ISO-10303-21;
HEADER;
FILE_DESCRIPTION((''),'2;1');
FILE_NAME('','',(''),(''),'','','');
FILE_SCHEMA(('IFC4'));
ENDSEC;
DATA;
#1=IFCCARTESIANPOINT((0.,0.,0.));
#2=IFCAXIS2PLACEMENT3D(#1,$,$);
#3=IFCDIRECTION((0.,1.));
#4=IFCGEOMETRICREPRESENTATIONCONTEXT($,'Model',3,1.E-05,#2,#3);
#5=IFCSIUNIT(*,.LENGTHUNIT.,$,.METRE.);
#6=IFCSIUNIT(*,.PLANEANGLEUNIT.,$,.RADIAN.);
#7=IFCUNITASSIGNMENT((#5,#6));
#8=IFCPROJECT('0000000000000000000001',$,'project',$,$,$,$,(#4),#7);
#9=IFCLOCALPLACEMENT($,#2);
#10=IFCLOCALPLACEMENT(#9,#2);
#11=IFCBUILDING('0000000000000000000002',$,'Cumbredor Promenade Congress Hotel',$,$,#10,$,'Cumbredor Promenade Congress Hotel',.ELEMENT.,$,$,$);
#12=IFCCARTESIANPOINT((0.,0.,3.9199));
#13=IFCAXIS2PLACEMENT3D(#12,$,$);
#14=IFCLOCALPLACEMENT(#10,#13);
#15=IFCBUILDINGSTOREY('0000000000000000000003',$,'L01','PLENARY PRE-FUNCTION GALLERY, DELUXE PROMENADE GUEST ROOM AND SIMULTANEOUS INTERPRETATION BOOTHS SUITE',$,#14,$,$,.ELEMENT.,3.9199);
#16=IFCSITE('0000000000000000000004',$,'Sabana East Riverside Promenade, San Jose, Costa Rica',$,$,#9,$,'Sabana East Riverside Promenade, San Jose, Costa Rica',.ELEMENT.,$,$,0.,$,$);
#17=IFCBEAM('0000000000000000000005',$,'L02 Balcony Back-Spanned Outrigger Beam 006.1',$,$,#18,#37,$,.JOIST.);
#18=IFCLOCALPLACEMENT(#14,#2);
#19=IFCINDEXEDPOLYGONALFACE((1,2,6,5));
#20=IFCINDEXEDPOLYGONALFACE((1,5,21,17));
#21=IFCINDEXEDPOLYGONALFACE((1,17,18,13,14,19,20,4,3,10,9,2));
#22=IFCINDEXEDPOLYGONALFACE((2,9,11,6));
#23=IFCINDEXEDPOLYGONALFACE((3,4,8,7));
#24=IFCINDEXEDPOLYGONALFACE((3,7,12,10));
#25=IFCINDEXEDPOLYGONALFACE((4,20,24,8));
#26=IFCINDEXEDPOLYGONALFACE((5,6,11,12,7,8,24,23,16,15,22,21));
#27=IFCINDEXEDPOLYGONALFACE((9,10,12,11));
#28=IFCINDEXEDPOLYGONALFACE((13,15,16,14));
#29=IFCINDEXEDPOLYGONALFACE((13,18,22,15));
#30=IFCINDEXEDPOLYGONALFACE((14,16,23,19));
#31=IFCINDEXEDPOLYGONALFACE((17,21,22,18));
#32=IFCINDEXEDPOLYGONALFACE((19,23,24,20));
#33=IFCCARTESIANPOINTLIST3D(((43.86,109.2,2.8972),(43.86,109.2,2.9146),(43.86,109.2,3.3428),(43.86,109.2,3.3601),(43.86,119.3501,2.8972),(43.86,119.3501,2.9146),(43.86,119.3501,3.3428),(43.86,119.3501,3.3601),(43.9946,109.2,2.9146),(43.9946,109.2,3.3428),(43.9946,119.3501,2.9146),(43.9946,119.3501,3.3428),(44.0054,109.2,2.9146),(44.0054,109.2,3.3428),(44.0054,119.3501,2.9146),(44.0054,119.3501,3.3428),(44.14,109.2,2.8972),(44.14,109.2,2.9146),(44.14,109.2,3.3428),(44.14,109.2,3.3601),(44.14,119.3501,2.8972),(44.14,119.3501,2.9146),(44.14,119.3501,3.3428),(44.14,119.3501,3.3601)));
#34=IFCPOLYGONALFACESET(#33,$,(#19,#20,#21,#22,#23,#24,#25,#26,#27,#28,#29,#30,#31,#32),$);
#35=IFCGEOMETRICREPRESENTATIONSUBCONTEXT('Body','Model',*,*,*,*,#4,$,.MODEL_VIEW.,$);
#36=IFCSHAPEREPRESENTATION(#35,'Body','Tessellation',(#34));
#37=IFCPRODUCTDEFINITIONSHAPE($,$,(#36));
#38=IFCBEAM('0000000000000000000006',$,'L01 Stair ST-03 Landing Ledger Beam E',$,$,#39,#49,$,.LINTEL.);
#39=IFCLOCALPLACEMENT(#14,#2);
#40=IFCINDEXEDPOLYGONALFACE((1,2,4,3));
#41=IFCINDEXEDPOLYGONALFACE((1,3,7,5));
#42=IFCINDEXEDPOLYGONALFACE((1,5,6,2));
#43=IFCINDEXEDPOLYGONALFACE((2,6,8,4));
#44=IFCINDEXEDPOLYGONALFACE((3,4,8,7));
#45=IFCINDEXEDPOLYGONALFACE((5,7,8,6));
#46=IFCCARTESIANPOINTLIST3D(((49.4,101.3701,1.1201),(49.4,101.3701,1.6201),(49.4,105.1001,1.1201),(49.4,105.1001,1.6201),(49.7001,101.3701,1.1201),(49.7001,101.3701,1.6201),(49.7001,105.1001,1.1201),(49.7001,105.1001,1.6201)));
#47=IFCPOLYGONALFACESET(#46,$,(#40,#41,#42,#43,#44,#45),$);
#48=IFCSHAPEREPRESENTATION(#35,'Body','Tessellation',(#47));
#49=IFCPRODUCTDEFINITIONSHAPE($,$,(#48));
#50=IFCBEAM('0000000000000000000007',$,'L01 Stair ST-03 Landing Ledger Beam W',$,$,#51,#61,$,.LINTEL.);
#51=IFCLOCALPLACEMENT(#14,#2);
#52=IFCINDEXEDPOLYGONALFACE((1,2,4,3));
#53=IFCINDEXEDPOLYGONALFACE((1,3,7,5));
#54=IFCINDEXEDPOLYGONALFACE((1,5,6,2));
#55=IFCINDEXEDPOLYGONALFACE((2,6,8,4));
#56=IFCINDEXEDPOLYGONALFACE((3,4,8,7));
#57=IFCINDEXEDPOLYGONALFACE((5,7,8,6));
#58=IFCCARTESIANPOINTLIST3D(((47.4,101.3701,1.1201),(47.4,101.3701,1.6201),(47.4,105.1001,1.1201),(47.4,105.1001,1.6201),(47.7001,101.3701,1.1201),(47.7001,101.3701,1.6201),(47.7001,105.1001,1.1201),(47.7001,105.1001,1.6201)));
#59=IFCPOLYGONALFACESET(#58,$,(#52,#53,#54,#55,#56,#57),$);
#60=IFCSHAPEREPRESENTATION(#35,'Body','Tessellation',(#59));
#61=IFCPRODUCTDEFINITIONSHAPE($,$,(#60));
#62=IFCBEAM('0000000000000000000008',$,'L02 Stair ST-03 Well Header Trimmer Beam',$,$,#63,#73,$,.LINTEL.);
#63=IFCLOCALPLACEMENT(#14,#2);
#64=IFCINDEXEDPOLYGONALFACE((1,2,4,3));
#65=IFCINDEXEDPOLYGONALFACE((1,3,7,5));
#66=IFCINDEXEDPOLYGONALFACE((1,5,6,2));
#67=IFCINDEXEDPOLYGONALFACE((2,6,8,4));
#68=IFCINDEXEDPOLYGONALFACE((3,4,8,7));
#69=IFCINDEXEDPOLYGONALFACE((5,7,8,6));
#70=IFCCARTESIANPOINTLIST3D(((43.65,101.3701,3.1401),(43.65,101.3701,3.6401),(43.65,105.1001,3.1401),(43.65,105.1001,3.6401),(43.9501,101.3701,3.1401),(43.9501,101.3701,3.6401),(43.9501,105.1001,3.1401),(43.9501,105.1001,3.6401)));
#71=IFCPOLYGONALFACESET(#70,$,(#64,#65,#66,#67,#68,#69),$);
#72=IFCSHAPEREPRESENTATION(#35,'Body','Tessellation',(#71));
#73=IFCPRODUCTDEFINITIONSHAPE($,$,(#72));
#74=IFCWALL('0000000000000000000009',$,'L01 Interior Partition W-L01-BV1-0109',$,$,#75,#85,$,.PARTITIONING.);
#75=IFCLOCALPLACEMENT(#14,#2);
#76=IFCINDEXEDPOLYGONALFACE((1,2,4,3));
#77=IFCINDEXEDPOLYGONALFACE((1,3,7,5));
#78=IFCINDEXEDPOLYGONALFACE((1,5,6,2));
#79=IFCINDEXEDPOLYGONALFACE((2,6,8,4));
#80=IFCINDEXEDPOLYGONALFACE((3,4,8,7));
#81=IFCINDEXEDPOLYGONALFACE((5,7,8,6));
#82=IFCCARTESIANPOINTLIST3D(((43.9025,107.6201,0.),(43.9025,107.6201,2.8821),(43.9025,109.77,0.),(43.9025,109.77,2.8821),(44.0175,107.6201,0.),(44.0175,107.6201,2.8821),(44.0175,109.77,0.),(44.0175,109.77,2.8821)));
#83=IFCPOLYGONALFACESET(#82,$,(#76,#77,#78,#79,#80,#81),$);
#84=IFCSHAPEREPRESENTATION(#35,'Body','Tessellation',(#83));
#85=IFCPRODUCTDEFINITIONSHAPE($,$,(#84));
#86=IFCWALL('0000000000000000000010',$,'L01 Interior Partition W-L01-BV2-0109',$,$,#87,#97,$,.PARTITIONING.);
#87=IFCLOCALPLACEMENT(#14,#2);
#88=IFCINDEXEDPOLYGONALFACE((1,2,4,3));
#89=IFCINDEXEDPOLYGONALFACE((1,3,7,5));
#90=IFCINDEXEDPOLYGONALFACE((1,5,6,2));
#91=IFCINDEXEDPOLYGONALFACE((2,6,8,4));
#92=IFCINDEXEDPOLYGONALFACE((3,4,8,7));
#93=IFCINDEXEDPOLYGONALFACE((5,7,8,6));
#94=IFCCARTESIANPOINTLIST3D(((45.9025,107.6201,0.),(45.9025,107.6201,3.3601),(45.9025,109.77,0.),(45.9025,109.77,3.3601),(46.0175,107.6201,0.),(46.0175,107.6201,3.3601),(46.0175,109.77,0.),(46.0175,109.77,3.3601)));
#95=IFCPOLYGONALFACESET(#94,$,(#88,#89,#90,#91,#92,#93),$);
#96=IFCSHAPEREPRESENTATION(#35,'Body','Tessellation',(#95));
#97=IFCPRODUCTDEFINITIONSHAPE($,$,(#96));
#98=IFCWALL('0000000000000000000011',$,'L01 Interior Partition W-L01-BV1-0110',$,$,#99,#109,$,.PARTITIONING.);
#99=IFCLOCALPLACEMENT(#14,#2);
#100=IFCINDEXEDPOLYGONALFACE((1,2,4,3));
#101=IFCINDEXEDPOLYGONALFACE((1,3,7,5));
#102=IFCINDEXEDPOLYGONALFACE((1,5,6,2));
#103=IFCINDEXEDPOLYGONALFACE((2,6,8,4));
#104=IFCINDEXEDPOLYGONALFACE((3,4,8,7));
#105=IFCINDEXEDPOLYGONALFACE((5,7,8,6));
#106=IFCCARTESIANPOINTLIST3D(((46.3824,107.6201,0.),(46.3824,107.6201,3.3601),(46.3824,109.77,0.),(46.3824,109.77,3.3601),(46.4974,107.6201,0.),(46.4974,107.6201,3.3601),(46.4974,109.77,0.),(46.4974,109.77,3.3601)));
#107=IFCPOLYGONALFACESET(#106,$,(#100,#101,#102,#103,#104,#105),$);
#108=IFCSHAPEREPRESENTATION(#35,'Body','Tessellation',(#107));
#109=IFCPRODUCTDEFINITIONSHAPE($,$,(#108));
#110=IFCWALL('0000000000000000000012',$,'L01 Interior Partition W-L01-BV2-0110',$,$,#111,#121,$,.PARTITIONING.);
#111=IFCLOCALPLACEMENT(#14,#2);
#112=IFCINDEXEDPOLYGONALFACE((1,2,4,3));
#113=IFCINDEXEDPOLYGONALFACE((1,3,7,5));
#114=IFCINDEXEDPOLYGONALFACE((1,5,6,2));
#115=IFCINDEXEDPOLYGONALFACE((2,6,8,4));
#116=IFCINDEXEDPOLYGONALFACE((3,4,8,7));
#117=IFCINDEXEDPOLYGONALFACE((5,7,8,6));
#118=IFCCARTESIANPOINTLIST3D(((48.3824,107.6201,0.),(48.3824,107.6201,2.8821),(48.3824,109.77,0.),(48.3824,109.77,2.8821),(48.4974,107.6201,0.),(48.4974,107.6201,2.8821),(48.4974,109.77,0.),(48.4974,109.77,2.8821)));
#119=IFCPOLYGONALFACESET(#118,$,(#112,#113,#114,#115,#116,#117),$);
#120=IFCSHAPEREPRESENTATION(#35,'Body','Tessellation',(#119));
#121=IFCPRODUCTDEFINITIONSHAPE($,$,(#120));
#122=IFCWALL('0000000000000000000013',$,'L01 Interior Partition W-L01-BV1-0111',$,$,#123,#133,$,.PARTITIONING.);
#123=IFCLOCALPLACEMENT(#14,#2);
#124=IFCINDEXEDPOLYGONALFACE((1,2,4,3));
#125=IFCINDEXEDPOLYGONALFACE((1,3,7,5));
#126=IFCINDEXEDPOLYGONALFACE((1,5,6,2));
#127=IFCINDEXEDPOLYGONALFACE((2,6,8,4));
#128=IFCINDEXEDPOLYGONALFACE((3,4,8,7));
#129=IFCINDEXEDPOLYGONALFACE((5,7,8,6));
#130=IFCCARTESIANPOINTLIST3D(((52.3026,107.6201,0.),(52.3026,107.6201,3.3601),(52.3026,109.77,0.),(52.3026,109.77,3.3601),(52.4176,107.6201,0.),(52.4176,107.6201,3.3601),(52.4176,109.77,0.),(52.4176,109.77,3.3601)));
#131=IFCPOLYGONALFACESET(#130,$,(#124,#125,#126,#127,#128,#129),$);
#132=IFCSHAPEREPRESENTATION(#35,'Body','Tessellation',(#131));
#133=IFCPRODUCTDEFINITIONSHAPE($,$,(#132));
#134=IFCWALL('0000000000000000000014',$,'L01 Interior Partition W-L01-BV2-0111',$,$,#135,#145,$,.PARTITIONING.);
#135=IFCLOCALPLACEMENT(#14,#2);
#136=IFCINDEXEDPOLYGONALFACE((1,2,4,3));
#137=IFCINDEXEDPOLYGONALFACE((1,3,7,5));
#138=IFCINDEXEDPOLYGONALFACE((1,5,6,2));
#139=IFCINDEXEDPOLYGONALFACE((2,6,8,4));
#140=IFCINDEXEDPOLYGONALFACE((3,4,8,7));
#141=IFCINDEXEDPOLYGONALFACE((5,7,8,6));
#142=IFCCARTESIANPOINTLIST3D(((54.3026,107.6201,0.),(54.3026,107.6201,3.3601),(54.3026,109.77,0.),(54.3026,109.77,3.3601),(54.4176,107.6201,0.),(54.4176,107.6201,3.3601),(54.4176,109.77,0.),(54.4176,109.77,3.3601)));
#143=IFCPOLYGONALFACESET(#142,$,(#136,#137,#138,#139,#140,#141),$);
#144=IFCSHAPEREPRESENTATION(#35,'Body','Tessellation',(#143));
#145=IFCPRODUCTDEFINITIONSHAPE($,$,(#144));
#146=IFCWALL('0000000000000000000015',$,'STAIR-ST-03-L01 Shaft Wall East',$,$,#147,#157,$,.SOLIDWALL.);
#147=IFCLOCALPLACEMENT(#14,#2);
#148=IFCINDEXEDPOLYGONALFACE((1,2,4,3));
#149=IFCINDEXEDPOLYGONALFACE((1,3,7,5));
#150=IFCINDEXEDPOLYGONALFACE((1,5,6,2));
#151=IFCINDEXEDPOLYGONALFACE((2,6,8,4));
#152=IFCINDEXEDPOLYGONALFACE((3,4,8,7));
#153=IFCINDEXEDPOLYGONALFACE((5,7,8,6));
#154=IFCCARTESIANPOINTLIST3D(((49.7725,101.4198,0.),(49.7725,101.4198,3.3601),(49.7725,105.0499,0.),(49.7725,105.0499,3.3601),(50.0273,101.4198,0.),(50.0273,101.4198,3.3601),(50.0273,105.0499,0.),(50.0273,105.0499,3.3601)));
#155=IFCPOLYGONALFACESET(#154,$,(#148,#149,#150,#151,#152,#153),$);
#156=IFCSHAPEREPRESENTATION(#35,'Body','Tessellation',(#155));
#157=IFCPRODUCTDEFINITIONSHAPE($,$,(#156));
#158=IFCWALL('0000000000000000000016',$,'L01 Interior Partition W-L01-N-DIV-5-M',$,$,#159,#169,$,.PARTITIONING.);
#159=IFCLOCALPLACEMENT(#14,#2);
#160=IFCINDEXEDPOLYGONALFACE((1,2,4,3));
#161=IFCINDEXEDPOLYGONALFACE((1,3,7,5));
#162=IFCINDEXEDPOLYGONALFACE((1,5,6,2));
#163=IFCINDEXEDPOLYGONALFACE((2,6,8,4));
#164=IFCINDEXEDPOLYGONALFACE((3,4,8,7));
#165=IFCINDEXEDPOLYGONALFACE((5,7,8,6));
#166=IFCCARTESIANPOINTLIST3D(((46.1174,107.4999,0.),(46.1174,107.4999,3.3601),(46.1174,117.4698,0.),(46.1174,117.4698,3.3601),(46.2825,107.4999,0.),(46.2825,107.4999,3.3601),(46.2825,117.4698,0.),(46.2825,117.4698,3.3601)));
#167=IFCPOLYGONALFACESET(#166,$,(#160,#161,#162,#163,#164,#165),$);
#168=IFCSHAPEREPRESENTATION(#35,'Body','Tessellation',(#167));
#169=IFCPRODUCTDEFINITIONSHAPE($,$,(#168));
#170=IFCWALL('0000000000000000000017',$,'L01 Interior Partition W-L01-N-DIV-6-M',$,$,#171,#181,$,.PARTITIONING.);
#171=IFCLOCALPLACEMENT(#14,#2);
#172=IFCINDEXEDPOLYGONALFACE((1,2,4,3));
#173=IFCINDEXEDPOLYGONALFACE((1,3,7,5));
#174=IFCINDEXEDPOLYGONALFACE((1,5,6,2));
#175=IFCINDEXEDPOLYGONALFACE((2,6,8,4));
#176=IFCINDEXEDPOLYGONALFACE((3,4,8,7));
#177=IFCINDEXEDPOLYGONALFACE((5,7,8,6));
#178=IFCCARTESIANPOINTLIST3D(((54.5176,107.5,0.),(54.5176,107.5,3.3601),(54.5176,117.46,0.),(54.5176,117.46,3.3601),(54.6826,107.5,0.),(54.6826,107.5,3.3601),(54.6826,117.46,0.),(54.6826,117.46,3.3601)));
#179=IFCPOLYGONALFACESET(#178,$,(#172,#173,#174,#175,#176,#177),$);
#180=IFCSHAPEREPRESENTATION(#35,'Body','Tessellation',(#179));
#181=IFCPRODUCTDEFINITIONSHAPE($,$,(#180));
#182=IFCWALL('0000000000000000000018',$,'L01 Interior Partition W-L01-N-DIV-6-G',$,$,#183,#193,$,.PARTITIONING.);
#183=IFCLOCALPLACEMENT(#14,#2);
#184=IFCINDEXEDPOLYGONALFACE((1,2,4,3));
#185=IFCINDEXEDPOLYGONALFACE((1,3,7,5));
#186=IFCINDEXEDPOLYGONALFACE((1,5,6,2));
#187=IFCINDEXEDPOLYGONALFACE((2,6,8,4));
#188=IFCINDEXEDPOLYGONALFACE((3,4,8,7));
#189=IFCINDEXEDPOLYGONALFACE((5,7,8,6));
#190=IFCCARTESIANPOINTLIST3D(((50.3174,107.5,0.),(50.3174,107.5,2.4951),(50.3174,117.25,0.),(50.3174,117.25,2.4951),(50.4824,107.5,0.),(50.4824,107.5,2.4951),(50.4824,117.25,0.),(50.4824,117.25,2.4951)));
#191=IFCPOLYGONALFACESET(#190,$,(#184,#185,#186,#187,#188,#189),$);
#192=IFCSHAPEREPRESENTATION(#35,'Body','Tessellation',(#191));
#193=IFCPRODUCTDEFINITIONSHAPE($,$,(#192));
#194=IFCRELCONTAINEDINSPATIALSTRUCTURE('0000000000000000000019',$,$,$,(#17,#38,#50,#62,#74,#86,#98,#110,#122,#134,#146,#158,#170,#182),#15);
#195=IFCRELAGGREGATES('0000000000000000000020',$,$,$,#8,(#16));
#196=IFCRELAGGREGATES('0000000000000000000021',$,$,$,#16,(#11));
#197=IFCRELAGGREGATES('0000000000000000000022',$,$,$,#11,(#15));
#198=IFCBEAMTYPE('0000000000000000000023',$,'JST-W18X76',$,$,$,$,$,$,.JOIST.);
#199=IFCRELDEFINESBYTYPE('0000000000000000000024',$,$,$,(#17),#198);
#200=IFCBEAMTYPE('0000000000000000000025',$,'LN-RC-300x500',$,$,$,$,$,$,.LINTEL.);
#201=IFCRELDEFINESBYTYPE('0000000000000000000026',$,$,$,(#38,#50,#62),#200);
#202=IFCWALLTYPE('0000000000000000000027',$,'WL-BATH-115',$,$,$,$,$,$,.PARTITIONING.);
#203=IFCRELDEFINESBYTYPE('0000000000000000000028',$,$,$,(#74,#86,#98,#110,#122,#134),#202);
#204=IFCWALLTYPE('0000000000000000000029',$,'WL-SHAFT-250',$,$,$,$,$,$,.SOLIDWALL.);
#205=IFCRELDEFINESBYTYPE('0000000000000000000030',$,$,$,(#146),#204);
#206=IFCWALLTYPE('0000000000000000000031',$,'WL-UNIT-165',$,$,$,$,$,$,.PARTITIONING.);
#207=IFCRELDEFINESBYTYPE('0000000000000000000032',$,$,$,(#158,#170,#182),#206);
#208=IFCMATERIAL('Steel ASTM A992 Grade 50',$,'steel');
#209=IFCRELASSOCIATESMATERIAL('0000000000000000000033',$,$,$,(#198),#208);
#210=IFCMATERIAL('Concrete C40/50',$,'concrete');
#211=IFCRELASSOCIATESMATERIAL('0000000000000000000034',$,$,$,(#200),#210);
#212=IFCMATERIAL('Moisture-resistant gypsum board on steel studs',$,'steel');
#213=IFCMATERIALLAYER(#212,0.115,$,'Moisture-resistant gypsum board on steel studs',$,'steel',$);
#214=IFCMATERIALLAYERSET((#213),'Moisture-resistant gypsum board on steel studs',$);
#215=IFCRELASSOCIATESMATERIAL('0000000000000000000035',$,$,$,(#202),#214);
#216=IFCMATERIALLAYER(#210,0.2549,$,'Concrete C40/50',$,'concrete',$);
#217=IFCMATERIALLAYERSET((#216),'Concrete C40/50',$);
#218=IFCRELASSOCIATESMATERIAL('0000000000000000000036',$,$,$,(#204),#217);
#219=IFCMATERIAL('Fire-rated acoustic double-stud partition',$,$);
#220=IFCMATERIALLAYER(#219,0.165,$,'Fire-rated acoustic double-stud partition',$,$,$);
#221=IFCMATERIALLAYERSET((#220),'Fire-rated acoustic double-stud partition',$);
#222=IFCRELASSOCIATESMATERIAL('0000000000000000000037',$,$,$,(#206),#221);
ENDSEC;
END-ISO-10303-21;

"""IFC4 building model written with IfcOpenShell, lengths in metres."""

from ifc_helpers import new_model, si_unit, direction, frame, frame_2d, origin, origin_2d, place, context, subcontext, project, spatial, rectangle, i_section, extrude, material, layer, layer_set, material_profile, profile_set, type_object, element, save


model = new_model("IFC4")

# Units and contexts
model_context = context("Model", 3, precision=1e-05, world=origin(), true_north=direction((0.0, 1.0)))
body_context = subcontext(model_context, "Body", "Model", "MODEL_VIEW")
ifc_project = project(units=[si_unit("LENGTHUNIT", "METRE"), si_unit("PLANEANGLEUNIT", "RADIAN")], contexts=[model_context])

# Site, building, storey
site_placement = place(None, origin())
site = spatial("IfcSite", under=ifc_project, at=site_placement, Name="Sabana East Riverside Promenade, San Jose, Costa Rica", LongName="Sabana East Riverside Promenade, San Jose, Costa Rica", CompositionType="ELEMENT", RefElevation=0.0)
building_placement = place(site_placement, origin())
building = spatial("IfcBuilding", under=site, at=building_placement, Name="Cumbredor Promenade Congress Hotel", LongName="Cumbredor Promenade Congress Hotel", CompositionType="ELEMENT")
storey_placement = place(building_placement, frame((0.0, 0.0, 3.9199)))
storey = spatial("IfcBuildingStorey", under=building, at=storey_placement, Name="L01", Description="PLENARY PRE-FUNCTION GALLERY, DELUXE PROMENADE GUEST ROOM AND SIMULTANEOUS INTERPRETATION BOOTHS SUITE", CompositionType="ELEMENT", Elevation=3.9199)

# Beams
ifc_material_1 = material(Name="Steel ASTM A992 Grade 50", Category="steel")
ifc_material_profile_1 = material_profile(ifc_material_1, i_section(OverallWidth=0.28, OverallDepth=0.4629, WebThickness=0.0107, FlangeThickness=0.0173, at=origin_2d()), Name="W18X76")
ifc_profile_set_1 = profile_set([ifc_material_profile_1], Name="Steel ASTM A992 Grade 50")
beam_type_1 = type_object("IfcBeamType", Name="JST-W18X76", PredefinedType="JOIST", material=ifc_profile_set_1)
beam_placement = place(storey_placement, frame((44.0, 109.2, 3.1287), z_axis=(0.0, 1.0, 0.0), x_axis=(-1.0, 0.0, 0.0)))
element("IfcBeam", 1, at=beam_placement, inside=storey, type_object=beam_type_1, Name="L02 Balcony Back-Spanned Outrigger Beam 006.1", PredefinedType="JOIST", context=body_context, shape_type="SweptSolid", body=[
    extrude(i_section(OverallWidth=0.28, OverallDepth=0.4629, WebThickness=0.0107, FlangeThickness=0.0173, at=origin_2d()), origin(), (0.0, 0.0, 1.0), 10.1501),
])
ifc_material_2 = material(Name="Concrete C40/50", Category="concrete")
ifc_material_profile_2 = material_profile(ifc_material_2, rectangle(XDim=0.3, YDim=0.5, at=origin_2d()), Name="RC LINTEL 300x500")
ifc_profile_set_2 = profile_set([ifc_material_profile_2], Name="Concrete C40/50")
beam_type_2 = type_object("IfcBeamType", Name="LN-RC-300x500", PredefinedType="LINTEL", material=ifc_profile_set_2)
for number, where, z_axis, x_axis, name in (
    (2, (49.55, 101.3701, 1.3701), (0.0, 1.0, 0.0), (-1.0, 0.0, 0.0), "L01 Stair ST-03 Landing Ledger Beam E"),
    (3, (47.55, 101.3701, 1.3701), (0.0, 1.0, 0.0), (-1.0, 0.0, 0.0), "L01 Stair ST-03 Landing Ledger Beam W"),
    (4, (43.8, 101.3701, 3.3901), (0.0, 1.0, 0.0), (-1.0, 0.0, 0.0), "L02 Stair ST-03 Well Header Trimmer Beam"),
):
    element("IfcBeam", number, at=place(storey_placement, frame(where, z_axis=z_axis, x_axis=x_axis)), inside=storey, type_object=beam_type_2, Name=name, PredefinedType="LINTEL", context=body_context, shape_type="SweptSolid", body=[
        extrude(rectangle(XDim=0.3, YDim=0.5, at=origin_2d()), origin(), (0.0, 0.0, 1.0), 3.73),
    ])

# Walls
ifc_material_3 = material(Name="Moisture-resistant gypsum board on steel studs", Category="steel")
ifc_layer_1 = layer(ifc_material_3, 0.115, Name="Moisture-resistant gypsum board on steel studs", Category="steel")
ifc_layer_set_1 = layer_set([ifc_layer_1], Name="Moisture-resistant gypsum board on steel studs")
wall_type_1 = type_object("IfcWallType", Name="WL-BATH-115", PredefinedType="PARTITIONING", material=ifc_layer_set_1)
wall_1_placement = place(storey_placement, frame((43.96, 107.6201, 0.0), z_axis=(0.0, 0.0, 1.0), x_axis=(0.0, 1.0, 0.0)))
element("IfcWall", 5, at=wall_1_placement, inside=storey, type_object=wall_type_1, Name="L01 Interior Partition W-L01-BV1-0109", PredefinedType="PARTITIONING", context=body_context, shape_type="SweptSolid", body=[
    extrude(rectangle(XDim=2.1499, YDim=0.115, at=frame_2d((1.075, 0.0))), origin(), (0.0, 0.0, 1.0), 2.8821),
])
for number, where, z_axis, x_axis, name in (
    (6, (45.96, 107.6201, 0.0), (0.0, 0.0, 1.0), (0.0, 1.0, 0.0), "L01 Interior Partition W-L01-BV2-0109"),
    (7, (46.4399, 107.6201, 0.0), (0.0, 0.0, 1.0), (0.0, 1.0, 0.0), "L01 Interior Partition W-L01-BV1-0110"),
):
    element("IfcWall", number, at=place(storey_placement, frame(where, z_axis=z_axis, x_axis=x_axis)), inside=storey, type_object=wall_type_1, Name=name, PredefinedType="PARTITIONING", context=body_context, shape_type="SweptSolid", body=[
        extrude(rectangle(XDim=2.1499, YDim=0.115, at=frame_2d((1.075, 0.0))), origin(), (0.0, 0.0, 1.0), 3.3601),
    ])
wall_2_placement = place(storey_placement, frame((48.4399, 107.6201, 0.0), z_axis=(0.0, 0.0, 1.0), x_axis=(0.0, 1.0, 0.0)))
element("IfcWall", 8, at=wall_2_placement, inside=storey, type_object=wall_type_1, Name="L01 Interior Partition W-L01-BV2-0110", PredefinedType="PARTITIONING", context=body_context, shape_type="SweptSolid", body=[
    extrude(rectangle(XDim=2.1499, YDim=0.115, at=frame_2d((1.075, 0.0))), origin(), (0.0, 0.0, 1.0), 2.8821),
])
for number, where, z_axis, x_axis, name in (
    (9, (52.3601, 107.6201, 0.0), (0.0, 0.0, 1.0), (0.0, 1.0, 0.0), "L01 Interior Partition W-L01-BV1-0111"),
    (10, (54.3601, 107.6201, 0.0), (0.0, 0.0, 1.0), (0.0, 1.0, 0.0), "L01 Interior Partition W-L01-BV2-0111"),
):
    element("IfcWall", number, at=place(storey_placement, frame(where, z_axis=z_axis, x_axis=x_axis)), inside=storey, type_object=wall_type_1, Name=name, PredefinedType="PARTITIONING", context=body_context, shape_type="SweptSolid", body=[
        extrude(rectangle(XDim=2.1499, YDim=0.115, at=frame_2d((1.075, 0.0))), origin(), (0.0, 0.0, 1.0), 3.3601),
    ])

# Walls
ifc_layer_2 = layer(ifc_material_2, 0.2549, Name="Concrete C40/50", Category="concrete")
ifc_layer_set_2 = layer_set([ifc_layer_2], Name="Concrete C40/50")
wall_type_2 = type_object("IfcWallType", Name="WL-SHAFT-250", PredefinedType="SOLIDWALL", material=ifc_layer_set_2)
wall_3_placement = place(storey_placement, frame((49.8999, 101.4199, 0.0), z_axis=(0.0, 0.0, 1.0), x_axis=(0.0, 1.0, 0.0)))
element("IfcWall", 11, at=wall_3_placement, inside=storey, type_object=wall_type_2, Name="STAIR-ST-03-L01 Shaft Wall East", PredefinedType="SOLIDWALL", context=body_context, shape_type="SweptSolid", body=[
    extrude(rectangle(XDim=3.6301, YDim=0.2549, at=frame_2d((1.8149, 0.0))), origin(), (0.0, 0.0, 1.0), 3.3601),
])
ifc_material_4 = material(Name="Fire-rated acoustic double-stud partition")
ifc_layer_3 = layer(ifc_material_4, 0.165, Name="Fire-rated acoustic double-stud partition")
ifc_layer_set_3 = layer_set([ifc_layer_3], Name="Fire-rated acoustic double-stud partition")
wall_type_3 = type_object("IfcWallType", Name="WL-UNIT-165", PredefinedType="PARTITIONING", material=ifc_layer_set_3)
wall_4_placement = place(storey_placement, frame((46.2, 107.5, 0.0), z_axis=(0.0, 0.0, 1.0), x_axis=(0.0, 1.0, 0.0)))
element("IfcWall", 12, at=wall_4_placement, inside=storey, type_object=wall_type_3, Name="L01 Interior Partition W-L01-N-DIV-5-M", PredefinedType="PARTITIONING", context=body_context, shape_type="SweptSolid", body=[
    extrude(rectangle(XDim=9.97, YDim=0.165, at=frame_2d((4.9849, 0.0))), origin(), (0.0, 0.0, 1.0), 3.3601),
])
wall_5_placement = place(storey_placement, frame((54.6001, 107.5, 0.0), z_axis=(0.0, 0.0, 1.0), x_axis=(0.0, 1.0, 0.0)))
element("IfcWall", 13, at=wall_5_placement, inside=storey, type_object=wall_type_3, Name="L01 Interior Partition W-L01-N-DIV-6-M", PredefinedType="PARTITIONING", context=body_context, shape_type="SweptSolid", body=[
    extrude(rectangle(XDim=9.96, YDim=0.165, at=frame_2d((4.98, 0.0))), origin(), (0.0, 0.0, 1.0), 3.3601),
])
wall_6_placement = place(storey_placement, frame((50.3999, 107.5, 0.0), z_axis=(0.0, 0.0, 1.0), x_axis=(0.0, 1.0, 0.0)))
element("IfcWall", 14, at=wall_6_placement, inside=storey, type_object=wall_type_3, Name="L01 Interior Partition W-L01-N-DIV-6-G", PredefinedType="PARTITIONING", context=body_context, shape_type="SweptSolid", body=[
    extrude(rectangle(XDim=9.75, YDim=0.165, at=frame_2d((4.875, 0.0))), origin(), (0.0, 0.0, 1.0), 2.4951),
])

save(model, "model.ifc")
